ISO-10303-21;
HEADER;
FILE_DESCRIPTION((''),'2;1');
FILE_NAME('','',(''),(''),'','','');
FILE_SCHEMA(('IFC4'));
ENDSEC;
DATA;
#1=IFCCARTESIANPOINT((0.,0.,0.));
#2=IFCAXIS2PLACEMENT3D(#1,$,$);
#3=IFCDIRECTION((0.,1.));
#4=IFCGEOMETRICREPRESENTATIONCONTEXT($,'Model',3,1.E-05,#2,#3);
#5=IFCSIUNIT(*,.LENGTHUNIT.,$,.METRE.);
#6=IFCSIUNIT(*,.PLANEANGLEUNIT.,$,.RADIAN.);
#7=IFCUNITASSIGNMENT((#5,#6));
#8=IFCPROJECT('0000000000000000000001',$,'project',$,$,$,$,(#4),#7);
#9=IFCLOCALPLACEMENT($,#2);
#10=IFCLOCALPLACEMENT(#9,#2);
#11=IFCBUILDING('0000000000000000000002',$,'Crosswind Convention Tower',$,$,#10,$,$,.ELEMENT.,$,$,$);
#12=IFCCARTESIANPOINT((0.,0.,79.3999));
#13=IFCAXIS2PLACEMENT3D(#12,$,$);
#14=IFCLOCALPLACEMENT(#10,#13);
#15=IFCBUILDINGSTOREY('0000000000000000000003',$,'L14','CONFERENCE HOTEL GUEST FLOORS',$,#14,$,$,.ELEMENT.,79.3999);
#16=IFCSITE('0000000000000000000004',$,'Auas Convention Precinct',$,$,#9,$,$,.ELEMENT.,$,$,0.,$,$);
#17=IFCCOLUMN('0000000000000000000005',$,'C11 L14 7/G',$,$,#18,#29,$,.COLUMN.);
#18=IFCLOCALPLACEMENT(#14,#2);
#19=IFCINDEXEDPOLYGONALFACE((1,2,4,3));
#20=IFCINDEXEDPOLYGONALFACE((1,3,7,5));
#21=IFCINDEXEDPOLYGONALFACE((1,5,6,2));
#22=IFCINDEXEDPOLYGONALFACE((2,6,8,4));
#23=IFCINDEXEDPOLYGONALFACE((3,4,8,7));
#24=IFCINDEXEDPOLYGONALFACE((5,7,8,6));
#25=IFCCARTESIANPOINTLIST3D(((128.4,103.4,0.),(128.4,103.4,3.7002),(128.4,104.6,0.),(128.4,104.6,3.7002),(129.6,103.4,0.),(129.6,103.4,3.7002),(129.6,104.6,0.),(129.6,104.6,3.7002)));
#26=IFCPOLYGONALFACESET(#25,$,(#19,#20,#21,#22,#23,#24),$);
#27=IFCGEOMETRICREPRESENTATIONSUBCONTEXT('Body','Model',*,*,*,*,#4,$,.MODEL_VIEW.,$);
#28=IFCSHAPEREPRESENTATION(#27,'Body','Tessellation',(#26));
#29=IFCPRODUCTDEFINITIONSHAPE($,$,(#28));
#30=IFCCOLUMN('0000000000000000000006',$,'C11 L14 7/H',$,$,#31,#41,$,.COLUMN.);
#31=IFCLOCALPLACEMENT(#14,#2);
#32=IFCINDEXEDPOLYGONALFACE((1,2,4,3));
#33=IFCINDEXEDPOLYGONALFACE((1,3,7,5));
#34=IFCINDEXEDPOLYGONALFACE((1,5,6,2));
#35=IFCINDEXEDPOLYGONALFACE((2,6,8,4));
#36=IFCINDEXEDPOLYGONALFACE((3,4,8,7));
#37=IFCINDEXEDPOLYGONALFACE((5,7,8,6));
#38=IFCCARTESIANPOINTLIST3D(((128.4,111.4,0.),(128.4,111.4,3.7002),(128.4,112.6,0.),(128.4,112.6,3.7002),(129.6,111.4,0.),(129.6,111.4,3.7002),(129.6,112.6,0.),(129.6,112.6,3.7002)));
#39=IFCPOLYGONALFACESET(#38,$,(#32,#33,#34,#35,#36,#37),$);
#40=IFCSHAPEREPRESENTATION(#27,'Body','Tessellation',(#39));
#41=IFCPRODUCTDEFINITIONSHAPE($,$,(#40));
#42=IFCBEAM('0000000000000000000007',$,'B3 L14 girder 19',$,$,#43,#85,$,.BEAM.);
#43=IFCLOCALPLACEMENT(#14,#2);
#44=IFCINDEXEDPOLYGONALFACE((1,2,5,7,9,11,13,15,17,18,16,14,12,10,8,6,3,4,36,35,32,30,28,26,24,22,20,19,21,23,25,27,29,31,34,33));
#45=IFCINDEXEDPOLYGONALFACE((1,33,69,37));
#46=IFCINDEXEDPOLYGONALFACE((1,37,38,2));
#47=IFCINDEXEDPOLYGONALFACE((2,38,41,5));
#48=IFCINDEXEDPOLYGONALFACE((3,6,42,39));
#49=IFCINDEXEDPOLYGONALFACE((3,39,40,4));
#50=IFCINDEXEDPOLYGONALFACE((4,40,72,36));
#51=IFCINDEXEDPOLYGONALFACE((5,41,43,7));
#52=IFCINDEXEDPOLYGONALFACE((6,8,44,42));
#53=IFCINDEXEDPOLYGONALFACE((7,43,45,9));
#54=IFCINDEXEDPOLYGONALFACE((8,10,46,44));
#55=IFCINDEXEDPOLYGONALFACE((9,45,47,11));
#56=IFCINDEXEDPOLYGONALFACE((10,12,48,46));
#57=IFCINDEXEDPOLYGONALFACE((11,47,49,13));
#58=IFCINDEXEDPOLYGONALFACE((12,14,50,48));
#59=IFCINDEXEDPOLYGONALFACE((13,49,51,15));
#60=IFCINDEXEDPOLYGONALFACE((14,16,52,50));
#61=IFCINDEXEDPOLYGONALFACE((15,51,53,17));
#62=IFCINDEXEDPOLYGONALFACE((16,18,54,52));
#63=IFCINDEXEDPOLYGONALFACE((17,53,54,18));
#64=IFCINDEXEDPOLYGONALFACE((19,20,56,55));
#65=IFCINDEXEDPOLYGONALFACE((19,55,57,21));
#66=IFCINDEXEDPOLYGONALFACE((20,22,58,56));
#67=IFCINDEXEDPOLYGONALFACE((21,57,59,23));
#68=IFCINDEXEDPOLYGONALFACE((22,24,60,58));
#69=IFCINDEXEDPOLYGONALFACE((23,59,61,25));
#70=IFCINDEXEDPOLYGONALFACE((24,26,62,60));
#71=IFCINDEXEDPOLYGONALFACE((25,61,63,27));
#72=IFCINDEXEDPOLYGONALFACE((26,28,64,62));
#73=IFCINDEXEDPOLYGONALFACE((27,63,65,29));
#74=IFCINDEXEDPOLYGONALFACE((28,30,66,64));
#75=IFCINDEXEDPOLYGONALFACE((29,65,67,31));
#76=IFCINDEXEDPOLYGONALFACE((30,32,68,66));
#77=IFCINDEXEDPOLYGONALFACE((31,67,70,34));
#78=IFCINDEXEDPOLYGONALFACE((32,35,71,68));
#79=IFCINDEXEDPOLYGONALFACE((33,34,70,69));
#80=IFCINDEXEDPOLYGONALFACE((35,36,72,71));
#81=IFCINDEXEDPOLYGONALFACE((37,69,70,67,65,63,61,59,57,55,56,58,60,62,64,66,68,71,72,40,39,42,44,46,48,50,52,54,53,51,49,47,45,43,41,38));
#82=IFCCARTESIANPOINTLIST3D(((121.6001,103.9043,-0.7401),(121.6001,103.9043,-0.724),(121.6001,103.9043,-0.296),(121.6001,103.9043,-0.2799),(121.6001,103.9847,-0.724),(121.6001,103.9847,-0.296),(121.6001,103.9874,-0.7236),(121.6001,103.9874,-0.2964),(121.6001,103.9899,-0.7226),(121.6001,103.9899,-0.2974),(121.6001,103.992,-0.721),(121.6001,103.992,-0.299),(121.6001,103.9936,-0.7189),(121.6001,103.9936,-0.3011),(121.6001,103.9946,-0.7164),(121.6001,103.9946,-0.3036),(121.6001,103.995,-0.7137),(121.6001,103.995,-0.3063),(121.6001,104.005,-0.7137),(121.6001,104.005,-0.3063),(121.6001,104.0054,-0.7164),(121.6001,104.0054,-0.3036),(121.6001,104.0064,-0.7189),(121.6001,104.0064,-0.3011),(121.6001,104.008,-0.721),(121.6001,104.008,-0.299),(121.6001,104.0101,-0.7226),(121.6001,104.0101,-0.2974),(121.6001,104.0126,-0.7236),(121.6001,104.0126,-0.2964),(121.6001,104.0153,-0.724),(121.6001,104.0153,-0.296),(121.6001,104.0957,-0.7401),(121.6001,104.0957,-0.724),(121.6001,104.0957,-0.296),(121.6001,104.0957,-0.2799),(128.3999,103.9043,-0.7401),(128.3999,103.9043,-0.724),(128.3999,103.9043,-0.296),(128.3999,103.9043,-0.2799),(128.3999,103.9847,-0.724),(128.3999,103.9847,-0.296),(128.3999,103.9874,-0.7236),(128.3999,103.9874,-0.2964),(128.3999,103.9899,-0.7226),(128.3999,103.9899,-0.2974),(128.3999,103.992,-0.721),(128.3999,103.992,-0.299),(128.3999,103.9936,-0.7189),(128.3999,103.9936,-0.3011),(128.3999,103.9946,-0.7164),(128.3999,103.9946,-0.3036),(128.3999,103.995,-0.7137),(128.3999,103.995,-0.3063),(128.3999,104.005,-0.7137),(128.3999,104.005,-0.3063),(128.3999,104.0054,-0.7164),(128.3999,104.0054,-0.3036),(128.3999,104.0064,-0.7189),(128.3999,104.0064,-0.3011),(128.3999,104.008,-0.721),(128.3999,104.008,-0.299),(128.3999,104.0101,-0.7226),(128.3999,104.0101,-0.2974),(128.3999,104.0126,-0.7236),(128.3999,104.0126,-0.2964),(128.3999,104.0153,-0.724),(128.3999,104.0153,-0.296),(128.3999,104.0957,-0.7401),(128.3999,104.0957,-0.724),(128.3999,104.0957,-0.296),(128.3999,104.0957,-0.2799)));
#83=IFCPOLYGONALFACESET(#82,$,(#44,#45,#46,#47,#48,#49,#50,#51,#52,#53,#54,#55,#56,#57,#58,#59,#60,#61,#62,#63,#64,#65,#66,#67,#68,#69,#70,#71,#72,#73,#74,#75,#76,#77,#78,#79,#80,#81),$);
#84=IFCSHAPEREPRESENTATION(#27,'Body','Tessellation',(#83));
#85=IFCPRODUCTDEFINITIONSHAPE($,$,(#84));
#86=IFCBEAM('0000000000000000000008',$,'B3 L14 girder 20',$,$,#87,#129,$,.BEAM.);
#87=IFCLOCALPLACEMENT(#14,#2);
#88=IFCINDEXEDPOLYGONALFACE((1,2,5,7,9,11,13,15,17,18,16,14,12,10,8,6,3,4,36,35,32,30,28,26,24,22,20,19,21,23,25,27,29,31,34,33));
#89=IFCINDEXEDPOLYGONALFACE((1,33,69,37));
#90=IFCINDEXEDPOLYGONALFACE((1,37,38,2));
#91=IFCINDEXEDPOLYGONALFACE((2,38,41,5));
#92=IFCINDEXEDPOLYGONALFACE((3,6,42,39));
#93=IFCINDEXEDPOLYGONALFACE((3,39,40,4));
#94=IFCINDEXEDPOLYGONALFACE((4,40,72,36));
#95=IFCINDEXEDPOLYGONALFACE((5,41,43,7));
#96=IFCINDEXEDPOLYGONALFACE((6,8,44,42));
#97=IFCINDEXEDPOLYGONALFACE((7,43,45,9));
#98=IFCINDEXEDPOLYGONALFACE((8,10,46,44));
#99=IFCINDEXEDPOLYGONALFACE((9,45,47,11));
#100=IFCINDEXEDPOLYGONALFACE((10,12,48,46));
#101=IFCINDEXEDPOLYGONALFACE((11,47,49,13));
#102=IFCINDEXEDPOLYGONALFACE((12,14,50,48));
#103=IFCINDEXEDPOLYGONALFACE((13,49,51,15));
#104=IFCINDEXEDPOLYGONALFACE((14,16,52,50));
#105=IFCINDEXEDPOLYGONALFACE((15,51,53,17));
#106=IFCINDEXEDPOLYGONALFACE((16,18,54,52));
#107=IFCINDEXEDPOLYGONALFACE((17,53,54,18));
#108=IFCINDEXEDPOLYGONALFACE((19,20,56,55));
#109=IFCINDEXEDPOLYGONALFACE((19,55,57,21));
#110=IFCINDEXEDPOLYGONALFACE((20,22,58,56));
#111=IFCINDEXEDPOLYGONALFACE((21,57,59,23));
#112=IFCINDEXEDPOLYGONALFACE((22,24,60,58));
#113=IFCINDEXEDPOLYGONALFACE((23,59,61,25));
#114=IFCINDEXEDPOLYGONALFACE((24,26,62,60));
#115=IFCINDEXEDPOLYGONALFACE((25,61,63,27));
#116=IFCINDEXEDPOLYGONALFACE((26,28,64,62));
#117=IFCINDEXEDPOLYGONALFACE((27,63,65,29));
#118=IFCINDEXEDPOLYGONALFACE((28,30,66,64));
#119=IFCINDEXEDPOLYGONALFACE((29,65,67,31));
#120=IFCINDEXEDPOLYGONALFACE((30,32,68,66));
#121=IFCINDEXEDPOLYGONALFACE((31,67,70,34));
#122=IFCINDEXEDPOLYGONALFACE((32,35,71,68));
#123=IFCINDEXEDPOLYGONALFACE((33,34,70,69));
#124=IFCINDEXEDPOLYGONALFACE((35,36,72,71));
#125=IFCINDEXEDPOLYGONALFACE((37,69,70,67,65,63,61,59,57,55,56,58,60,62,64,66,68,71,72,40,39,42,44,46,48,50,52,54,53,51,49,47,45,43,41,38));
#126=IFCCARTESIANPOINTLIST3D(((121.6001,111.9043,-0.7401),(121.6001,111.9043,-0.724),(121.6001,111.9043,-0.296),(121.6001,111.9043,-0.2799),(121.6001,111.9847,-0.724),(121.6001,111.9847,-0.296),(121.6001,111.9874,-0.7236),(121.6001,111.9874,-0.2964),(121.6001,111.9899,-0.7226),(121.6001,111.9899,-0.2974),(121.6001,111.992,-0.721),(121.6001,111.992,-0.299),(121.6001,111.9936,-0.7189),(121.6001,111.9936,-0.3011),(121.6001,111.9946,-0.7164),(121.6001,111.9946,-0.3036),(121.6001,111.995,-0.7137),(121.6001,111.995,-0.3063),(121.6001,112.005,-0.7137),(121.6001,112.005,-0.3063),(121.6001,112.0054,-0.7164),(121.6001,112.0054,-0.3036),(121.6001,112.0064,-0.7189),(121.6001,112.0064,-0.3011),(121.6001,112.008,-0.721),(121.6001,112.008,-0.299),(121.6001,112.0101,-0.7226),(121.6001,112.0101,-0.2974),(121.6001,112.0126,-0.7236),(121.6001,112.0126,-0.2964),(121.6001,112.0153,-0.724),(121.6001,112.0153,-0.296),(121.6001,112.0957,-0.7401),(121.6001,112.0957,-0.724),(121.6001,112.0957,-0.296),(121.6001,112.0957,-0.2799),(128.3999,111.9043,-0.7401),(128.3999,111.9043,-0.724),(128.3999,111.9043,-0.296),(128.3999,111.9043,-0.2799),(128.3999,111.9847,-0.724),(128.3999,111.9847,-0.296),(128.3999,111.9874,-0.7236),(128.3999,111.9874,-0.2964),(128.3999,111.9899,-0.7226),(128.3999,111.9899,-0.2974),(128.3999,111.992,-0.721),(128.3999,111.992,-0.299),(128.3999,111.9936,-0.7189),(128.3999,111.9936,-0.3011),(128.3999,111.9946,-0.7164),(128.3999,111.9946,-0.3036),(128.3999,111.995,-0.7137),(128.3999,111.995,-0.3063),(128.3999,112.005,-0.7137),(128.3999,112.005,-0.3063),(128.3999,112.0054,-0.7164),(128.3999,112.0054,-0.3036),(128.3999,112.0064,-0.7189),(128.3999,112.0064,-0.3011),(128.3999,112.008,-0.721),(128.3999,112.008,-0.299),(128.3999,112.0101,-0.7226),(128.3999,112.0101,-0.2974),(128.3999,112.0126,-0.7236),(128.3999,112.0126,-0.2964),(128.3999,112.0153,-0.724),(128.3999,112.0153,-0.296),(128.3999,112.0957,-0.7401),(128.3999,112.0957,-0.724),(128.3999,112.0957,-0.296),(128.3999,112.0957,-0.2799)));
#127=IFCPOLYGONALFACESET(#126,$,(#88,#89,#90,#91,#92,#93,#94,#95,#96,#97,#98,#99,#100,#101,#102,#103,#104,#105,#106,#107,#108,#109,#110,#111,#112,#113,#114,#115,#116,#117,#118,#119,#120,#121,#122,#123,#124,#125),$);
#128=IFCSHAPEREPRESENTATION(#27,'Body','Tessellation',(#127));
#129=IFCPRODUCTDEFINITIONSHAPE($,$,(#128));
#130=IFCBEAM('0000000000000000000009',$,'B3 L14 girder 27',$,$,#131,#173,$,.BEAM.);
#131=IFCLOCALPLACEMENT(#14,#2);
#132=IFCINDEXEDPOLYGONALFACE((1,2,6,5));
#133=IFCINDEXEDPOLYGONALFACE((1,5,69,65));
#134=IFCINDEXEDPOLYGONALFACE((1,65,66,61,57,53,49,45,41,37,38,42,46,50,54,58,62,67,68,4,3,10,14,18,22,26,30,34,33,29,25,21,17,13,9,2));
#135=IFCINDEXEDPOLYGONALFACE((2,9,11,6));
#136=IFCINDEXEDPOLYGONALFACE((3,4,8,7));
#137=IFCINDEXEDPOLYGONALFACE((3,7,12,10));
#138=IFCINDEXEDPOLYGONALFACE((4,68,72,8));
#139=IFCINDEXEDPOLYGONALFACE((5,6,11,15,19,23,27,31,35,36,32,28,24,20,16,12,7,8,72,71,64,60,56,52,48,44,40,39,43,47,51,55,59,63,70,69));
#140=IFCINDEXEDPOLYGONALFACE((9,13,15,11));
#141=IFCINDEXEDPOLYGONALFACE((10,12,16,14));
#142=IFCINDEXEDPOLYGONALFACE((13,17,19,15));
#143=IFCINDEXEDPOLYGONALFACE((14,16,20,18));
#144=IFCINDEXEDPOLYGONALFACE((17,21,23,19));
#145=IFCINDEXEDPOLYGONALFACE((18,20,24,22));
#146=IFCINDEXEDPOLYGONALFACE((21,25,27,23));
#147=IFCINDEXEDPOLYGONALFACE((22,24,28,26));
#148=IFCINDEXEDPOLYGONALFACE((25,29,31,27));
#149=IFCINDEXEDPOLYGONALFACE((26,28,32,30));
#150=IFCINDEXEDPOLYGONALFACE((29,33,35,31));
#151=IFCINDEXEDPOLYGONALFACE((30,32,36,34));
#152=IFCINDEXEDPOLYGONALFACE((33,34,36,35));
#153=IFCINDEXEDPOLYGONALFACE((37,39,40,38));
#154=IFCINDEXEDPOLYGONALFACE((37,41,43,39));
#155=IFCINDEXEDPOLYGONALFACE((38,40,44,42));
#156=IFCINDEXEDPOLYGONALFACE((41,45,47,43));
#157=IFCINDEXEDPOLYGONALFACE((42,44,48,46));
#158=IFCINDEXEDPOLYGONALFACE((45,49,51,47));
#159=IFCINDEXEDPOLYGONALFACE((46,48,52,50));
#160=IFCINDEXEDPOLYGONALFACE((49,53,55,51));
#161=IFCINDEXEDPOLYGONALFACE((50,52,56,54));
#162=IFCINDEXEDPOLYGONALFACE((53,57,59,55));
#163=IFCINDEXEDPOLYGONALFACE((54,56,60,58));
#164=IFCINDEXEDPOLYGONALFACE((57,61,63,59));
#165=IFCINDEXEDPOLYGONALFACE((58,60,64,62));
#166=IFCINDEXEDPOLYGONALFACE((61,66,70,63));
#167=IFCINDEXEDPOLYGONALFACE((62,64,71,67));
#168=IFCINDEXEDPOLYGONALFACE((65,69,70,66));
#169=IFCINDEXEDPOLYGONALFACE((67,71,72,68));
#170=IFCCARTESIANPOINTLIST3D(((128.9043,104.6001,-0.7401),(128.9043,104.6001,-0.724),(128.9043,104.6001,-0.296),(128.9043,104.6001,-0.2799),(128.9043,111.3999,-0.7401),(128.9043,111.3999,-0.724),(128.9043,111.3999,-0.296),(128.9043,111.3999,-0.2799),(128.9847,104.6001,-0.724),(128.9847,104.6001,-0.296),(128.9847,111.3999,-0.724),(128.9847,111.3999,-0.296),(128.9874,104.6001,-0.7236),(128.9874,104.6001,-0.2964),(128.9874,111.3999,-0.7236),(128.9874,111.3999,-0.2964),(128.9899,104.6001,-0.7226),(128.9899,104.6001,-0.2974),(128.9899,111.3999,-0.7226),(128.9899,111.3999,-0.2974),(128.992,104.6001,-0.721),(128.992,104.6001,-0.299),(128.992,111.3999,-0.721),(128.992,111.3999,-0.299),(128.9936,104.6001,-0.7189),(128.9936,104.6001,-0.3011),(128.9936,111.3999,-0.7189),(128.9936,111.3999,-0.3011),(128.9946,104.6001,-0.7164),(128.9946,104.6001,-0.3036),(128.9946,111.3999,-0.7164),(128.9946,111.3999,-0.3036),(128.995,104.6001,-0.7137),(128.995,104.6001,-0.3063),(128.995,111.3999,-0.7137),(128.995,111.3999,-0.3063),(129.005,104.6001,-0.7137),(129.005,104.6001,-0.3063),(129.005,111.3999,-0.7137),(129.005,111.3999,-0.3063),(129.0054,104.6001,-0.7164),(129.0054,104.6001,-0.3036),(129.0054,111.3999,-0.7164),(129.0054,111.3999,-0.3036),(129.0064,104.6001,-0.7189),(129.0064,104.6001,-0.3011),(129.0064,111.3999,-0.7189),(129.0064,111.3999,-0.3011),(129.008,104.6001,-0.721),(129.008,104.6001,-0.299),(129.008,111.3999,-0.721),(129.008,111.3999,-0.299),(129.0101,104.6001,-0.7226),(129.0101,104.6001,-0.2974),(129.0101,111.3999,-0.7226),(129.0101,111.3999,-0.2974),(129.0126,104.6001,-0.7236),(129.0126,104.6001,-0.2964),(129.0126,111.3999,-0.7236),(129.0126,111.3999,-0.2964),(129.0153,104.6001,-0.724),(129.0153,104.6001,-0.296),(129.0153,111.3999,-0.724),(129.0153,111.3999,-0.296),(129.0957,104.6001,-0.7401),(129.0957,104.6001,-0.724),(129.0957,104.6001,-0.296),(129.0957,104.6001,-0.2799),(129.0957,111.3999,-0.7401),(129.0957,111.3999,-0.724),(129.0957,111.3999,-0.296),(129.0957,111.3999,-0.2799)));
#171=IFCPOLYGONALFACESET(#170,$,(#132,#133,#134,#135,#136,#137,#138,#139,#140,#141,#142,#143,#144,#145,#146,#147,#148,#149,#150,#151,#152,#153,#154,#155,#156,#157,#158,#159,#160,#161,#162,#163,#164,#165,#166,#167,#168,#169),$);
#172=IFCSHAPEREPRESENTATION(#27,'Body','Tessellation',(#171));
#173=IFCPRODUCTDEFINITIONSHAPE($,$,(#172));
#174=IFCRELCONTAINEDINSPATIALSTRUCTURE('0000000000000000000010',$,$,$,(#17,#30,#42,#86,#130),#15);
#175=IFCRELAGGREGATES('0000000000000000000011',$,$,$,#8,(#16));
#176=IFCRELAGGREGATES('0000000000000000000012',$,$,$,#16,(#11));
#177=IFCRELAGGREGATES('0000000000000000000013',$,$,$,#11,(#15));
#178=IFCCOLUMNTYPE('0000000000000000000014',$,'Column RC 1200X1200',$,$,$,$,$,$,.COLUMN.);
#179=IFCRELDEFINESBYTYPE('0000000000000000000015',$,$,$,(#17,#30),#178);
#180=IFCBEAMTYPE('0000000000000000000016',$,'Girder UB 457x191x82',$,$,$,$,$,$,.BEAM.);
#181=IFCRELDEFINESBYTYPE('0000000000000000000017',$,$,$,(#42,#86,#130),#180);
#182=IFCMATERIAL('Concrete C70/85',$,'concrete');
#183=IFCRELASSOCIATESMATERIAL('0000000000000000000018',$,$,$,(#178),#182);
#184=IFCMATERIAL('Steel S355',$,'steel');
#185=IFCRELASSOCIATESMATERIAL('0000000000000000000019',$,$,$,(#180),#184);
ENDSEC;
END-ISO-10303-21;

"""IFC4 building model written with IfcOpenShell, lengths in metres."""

from ifc_helpers import new_model, si_unit, direction, frame, origin, origin_2d, place, context, subcontext, project, spatial, rectangle, i_section, extrude, material, material_profile, profile_set, type_object, element, save


model = new_model("IFC4")

# Units and contexts
model_context = context("Model", 3, precision=1e-05, world=origin(), true_north=direction((0.0, 1.0)))
body_context = subcontext(model_context, "Body", "Model", "MODEL_VIEW")
ifc_project = project(units=[si_unit("LENGTHUNIT", "METRE"), si_unit("PLANEANGLEUNIT", "RADIAN")], contexts=[model_context])

# Site, building, storey
site_placement = place(None, origin())
site = spatial("IfcSite", under=ifc_project, at=site_placement, Name="Auas Convention Precinct", CompositionType="ELEMENT", RefElevation=0.0)
building_placement = place(site_placement, origin())
building = spatial("IfcBuilding", under=site, at=building_placement, Name="Crosswind Convention Tower", CompositionType="ELEMENT")
storey_placement = place(building_placement, frame((0.0, 0.0, 79.3999)))
storey = spatial("IfcBuildingStorey", under=building, at=storey_placement, Name="L14", Description="CONFERENCE HOTEL GUEST FLOORS", CompositionType="ELEMENT", Elevation=79.3999)

# Columns
ifc_material_1 = material(Name="Concrete C70/85", Category="concrete")
ifc_material_profile_1 = material_profile(ifc_material_1, rectangle(XDim=1.2, YDim=1.2, at=origin_2d()), Name="RC 1200X1200")
ifc_profile_set_1 = profile_set([ifc_material_profile_1], Name="Concrete C70/85")
column_type = type_object("IfcColumnType", Name="Column RC 1200X1200", PredefinedType="COLUMN", material=ifc_profile_set_1)
for number, where, z_axis, x_axis, name in (
    (1, (129.0, 104.0, 0.0), (0.0, 0.0, 1.0), (1.0, 0.0, 0.0), "C11 L14 7/G"),
    (2, (129.0, 112.0, 0.0), (0.0, 0.0, 1.0), (1.0, 0.0, 0.0), "C11 L14 7/H"),
):
    element("IfcColumn", number, at=place(storey_placement, frame(where, z_axis=z_axis, x_axis=x_axis)), inside=storey, type_object=column_type, Name=name, PredefinedType="COLUMN", context=body_context, shape_type="SweptSolid", body=[
        extrude(rectangle(XDim=1.2, YDim=1.2, at=origin_2d()), origin(), (0.0, 0.0, 1.0), 3.7002),
    ])

# Beams
ifc_material_2 = material(Name="Steel S355", Category="steel")
ifc_material_profile_2 = material_profile(ifc_material_2, i_section(OverallWidth=0.1914, OverallDepth=0.4602, WebThickness=0.01, FlangeThickness=0.0161, FilletRadius=0.0103, at=origin_2d()), Name="UB 457x191x82")
ifc_profile_set_2 = profile_set([ifc_material_profile_2], Name="Steel S355")
beam_type_1 = type_object("IfcBeamType", Name="Girder UB 457x191x82", PredefinedType="BEAM", material=ifc_profile_set_2)
for number, where, z_axis, x_axis, name in (
    (3, (121.6001, 104.0, -0.51), (1.0, 0.0, 0.0), (0.0, 1.0, 0.0), "B3 L14 girder 19"),
    (4, (121.6001, 112.0, -0.51), (1.0, 0.0, 0.0), (0.0, 1.0, 0.0), "B3 L14 girder 20"),
    (5, (129.0, 104.6001, -0.51), (0.0, 1.0, 0.0), (-1.0, 0.0, 0.0), "B3 L14 girder 27"),
):
    element("IfcBeam", number, at=place(storey_placement, frame(where, z_axis=z_axis, x_axis=x_axis)), inside=storey, type_object=beam_type_1, Name=name, PredefinedType="BEAM", context=body_context, shape_type="SweptSolid", body=[
        extrude(i_section(OverallWidth=0.1914, OverallDepth=0.4602, WebThickness=0.01, FlangeThickness=0.0161, FilletRadius=0.0103, at=origin_2d()), origin(), (0.0, 0.0, 1.0), 6.7998),
    ])

save(model, "model.ifc")
